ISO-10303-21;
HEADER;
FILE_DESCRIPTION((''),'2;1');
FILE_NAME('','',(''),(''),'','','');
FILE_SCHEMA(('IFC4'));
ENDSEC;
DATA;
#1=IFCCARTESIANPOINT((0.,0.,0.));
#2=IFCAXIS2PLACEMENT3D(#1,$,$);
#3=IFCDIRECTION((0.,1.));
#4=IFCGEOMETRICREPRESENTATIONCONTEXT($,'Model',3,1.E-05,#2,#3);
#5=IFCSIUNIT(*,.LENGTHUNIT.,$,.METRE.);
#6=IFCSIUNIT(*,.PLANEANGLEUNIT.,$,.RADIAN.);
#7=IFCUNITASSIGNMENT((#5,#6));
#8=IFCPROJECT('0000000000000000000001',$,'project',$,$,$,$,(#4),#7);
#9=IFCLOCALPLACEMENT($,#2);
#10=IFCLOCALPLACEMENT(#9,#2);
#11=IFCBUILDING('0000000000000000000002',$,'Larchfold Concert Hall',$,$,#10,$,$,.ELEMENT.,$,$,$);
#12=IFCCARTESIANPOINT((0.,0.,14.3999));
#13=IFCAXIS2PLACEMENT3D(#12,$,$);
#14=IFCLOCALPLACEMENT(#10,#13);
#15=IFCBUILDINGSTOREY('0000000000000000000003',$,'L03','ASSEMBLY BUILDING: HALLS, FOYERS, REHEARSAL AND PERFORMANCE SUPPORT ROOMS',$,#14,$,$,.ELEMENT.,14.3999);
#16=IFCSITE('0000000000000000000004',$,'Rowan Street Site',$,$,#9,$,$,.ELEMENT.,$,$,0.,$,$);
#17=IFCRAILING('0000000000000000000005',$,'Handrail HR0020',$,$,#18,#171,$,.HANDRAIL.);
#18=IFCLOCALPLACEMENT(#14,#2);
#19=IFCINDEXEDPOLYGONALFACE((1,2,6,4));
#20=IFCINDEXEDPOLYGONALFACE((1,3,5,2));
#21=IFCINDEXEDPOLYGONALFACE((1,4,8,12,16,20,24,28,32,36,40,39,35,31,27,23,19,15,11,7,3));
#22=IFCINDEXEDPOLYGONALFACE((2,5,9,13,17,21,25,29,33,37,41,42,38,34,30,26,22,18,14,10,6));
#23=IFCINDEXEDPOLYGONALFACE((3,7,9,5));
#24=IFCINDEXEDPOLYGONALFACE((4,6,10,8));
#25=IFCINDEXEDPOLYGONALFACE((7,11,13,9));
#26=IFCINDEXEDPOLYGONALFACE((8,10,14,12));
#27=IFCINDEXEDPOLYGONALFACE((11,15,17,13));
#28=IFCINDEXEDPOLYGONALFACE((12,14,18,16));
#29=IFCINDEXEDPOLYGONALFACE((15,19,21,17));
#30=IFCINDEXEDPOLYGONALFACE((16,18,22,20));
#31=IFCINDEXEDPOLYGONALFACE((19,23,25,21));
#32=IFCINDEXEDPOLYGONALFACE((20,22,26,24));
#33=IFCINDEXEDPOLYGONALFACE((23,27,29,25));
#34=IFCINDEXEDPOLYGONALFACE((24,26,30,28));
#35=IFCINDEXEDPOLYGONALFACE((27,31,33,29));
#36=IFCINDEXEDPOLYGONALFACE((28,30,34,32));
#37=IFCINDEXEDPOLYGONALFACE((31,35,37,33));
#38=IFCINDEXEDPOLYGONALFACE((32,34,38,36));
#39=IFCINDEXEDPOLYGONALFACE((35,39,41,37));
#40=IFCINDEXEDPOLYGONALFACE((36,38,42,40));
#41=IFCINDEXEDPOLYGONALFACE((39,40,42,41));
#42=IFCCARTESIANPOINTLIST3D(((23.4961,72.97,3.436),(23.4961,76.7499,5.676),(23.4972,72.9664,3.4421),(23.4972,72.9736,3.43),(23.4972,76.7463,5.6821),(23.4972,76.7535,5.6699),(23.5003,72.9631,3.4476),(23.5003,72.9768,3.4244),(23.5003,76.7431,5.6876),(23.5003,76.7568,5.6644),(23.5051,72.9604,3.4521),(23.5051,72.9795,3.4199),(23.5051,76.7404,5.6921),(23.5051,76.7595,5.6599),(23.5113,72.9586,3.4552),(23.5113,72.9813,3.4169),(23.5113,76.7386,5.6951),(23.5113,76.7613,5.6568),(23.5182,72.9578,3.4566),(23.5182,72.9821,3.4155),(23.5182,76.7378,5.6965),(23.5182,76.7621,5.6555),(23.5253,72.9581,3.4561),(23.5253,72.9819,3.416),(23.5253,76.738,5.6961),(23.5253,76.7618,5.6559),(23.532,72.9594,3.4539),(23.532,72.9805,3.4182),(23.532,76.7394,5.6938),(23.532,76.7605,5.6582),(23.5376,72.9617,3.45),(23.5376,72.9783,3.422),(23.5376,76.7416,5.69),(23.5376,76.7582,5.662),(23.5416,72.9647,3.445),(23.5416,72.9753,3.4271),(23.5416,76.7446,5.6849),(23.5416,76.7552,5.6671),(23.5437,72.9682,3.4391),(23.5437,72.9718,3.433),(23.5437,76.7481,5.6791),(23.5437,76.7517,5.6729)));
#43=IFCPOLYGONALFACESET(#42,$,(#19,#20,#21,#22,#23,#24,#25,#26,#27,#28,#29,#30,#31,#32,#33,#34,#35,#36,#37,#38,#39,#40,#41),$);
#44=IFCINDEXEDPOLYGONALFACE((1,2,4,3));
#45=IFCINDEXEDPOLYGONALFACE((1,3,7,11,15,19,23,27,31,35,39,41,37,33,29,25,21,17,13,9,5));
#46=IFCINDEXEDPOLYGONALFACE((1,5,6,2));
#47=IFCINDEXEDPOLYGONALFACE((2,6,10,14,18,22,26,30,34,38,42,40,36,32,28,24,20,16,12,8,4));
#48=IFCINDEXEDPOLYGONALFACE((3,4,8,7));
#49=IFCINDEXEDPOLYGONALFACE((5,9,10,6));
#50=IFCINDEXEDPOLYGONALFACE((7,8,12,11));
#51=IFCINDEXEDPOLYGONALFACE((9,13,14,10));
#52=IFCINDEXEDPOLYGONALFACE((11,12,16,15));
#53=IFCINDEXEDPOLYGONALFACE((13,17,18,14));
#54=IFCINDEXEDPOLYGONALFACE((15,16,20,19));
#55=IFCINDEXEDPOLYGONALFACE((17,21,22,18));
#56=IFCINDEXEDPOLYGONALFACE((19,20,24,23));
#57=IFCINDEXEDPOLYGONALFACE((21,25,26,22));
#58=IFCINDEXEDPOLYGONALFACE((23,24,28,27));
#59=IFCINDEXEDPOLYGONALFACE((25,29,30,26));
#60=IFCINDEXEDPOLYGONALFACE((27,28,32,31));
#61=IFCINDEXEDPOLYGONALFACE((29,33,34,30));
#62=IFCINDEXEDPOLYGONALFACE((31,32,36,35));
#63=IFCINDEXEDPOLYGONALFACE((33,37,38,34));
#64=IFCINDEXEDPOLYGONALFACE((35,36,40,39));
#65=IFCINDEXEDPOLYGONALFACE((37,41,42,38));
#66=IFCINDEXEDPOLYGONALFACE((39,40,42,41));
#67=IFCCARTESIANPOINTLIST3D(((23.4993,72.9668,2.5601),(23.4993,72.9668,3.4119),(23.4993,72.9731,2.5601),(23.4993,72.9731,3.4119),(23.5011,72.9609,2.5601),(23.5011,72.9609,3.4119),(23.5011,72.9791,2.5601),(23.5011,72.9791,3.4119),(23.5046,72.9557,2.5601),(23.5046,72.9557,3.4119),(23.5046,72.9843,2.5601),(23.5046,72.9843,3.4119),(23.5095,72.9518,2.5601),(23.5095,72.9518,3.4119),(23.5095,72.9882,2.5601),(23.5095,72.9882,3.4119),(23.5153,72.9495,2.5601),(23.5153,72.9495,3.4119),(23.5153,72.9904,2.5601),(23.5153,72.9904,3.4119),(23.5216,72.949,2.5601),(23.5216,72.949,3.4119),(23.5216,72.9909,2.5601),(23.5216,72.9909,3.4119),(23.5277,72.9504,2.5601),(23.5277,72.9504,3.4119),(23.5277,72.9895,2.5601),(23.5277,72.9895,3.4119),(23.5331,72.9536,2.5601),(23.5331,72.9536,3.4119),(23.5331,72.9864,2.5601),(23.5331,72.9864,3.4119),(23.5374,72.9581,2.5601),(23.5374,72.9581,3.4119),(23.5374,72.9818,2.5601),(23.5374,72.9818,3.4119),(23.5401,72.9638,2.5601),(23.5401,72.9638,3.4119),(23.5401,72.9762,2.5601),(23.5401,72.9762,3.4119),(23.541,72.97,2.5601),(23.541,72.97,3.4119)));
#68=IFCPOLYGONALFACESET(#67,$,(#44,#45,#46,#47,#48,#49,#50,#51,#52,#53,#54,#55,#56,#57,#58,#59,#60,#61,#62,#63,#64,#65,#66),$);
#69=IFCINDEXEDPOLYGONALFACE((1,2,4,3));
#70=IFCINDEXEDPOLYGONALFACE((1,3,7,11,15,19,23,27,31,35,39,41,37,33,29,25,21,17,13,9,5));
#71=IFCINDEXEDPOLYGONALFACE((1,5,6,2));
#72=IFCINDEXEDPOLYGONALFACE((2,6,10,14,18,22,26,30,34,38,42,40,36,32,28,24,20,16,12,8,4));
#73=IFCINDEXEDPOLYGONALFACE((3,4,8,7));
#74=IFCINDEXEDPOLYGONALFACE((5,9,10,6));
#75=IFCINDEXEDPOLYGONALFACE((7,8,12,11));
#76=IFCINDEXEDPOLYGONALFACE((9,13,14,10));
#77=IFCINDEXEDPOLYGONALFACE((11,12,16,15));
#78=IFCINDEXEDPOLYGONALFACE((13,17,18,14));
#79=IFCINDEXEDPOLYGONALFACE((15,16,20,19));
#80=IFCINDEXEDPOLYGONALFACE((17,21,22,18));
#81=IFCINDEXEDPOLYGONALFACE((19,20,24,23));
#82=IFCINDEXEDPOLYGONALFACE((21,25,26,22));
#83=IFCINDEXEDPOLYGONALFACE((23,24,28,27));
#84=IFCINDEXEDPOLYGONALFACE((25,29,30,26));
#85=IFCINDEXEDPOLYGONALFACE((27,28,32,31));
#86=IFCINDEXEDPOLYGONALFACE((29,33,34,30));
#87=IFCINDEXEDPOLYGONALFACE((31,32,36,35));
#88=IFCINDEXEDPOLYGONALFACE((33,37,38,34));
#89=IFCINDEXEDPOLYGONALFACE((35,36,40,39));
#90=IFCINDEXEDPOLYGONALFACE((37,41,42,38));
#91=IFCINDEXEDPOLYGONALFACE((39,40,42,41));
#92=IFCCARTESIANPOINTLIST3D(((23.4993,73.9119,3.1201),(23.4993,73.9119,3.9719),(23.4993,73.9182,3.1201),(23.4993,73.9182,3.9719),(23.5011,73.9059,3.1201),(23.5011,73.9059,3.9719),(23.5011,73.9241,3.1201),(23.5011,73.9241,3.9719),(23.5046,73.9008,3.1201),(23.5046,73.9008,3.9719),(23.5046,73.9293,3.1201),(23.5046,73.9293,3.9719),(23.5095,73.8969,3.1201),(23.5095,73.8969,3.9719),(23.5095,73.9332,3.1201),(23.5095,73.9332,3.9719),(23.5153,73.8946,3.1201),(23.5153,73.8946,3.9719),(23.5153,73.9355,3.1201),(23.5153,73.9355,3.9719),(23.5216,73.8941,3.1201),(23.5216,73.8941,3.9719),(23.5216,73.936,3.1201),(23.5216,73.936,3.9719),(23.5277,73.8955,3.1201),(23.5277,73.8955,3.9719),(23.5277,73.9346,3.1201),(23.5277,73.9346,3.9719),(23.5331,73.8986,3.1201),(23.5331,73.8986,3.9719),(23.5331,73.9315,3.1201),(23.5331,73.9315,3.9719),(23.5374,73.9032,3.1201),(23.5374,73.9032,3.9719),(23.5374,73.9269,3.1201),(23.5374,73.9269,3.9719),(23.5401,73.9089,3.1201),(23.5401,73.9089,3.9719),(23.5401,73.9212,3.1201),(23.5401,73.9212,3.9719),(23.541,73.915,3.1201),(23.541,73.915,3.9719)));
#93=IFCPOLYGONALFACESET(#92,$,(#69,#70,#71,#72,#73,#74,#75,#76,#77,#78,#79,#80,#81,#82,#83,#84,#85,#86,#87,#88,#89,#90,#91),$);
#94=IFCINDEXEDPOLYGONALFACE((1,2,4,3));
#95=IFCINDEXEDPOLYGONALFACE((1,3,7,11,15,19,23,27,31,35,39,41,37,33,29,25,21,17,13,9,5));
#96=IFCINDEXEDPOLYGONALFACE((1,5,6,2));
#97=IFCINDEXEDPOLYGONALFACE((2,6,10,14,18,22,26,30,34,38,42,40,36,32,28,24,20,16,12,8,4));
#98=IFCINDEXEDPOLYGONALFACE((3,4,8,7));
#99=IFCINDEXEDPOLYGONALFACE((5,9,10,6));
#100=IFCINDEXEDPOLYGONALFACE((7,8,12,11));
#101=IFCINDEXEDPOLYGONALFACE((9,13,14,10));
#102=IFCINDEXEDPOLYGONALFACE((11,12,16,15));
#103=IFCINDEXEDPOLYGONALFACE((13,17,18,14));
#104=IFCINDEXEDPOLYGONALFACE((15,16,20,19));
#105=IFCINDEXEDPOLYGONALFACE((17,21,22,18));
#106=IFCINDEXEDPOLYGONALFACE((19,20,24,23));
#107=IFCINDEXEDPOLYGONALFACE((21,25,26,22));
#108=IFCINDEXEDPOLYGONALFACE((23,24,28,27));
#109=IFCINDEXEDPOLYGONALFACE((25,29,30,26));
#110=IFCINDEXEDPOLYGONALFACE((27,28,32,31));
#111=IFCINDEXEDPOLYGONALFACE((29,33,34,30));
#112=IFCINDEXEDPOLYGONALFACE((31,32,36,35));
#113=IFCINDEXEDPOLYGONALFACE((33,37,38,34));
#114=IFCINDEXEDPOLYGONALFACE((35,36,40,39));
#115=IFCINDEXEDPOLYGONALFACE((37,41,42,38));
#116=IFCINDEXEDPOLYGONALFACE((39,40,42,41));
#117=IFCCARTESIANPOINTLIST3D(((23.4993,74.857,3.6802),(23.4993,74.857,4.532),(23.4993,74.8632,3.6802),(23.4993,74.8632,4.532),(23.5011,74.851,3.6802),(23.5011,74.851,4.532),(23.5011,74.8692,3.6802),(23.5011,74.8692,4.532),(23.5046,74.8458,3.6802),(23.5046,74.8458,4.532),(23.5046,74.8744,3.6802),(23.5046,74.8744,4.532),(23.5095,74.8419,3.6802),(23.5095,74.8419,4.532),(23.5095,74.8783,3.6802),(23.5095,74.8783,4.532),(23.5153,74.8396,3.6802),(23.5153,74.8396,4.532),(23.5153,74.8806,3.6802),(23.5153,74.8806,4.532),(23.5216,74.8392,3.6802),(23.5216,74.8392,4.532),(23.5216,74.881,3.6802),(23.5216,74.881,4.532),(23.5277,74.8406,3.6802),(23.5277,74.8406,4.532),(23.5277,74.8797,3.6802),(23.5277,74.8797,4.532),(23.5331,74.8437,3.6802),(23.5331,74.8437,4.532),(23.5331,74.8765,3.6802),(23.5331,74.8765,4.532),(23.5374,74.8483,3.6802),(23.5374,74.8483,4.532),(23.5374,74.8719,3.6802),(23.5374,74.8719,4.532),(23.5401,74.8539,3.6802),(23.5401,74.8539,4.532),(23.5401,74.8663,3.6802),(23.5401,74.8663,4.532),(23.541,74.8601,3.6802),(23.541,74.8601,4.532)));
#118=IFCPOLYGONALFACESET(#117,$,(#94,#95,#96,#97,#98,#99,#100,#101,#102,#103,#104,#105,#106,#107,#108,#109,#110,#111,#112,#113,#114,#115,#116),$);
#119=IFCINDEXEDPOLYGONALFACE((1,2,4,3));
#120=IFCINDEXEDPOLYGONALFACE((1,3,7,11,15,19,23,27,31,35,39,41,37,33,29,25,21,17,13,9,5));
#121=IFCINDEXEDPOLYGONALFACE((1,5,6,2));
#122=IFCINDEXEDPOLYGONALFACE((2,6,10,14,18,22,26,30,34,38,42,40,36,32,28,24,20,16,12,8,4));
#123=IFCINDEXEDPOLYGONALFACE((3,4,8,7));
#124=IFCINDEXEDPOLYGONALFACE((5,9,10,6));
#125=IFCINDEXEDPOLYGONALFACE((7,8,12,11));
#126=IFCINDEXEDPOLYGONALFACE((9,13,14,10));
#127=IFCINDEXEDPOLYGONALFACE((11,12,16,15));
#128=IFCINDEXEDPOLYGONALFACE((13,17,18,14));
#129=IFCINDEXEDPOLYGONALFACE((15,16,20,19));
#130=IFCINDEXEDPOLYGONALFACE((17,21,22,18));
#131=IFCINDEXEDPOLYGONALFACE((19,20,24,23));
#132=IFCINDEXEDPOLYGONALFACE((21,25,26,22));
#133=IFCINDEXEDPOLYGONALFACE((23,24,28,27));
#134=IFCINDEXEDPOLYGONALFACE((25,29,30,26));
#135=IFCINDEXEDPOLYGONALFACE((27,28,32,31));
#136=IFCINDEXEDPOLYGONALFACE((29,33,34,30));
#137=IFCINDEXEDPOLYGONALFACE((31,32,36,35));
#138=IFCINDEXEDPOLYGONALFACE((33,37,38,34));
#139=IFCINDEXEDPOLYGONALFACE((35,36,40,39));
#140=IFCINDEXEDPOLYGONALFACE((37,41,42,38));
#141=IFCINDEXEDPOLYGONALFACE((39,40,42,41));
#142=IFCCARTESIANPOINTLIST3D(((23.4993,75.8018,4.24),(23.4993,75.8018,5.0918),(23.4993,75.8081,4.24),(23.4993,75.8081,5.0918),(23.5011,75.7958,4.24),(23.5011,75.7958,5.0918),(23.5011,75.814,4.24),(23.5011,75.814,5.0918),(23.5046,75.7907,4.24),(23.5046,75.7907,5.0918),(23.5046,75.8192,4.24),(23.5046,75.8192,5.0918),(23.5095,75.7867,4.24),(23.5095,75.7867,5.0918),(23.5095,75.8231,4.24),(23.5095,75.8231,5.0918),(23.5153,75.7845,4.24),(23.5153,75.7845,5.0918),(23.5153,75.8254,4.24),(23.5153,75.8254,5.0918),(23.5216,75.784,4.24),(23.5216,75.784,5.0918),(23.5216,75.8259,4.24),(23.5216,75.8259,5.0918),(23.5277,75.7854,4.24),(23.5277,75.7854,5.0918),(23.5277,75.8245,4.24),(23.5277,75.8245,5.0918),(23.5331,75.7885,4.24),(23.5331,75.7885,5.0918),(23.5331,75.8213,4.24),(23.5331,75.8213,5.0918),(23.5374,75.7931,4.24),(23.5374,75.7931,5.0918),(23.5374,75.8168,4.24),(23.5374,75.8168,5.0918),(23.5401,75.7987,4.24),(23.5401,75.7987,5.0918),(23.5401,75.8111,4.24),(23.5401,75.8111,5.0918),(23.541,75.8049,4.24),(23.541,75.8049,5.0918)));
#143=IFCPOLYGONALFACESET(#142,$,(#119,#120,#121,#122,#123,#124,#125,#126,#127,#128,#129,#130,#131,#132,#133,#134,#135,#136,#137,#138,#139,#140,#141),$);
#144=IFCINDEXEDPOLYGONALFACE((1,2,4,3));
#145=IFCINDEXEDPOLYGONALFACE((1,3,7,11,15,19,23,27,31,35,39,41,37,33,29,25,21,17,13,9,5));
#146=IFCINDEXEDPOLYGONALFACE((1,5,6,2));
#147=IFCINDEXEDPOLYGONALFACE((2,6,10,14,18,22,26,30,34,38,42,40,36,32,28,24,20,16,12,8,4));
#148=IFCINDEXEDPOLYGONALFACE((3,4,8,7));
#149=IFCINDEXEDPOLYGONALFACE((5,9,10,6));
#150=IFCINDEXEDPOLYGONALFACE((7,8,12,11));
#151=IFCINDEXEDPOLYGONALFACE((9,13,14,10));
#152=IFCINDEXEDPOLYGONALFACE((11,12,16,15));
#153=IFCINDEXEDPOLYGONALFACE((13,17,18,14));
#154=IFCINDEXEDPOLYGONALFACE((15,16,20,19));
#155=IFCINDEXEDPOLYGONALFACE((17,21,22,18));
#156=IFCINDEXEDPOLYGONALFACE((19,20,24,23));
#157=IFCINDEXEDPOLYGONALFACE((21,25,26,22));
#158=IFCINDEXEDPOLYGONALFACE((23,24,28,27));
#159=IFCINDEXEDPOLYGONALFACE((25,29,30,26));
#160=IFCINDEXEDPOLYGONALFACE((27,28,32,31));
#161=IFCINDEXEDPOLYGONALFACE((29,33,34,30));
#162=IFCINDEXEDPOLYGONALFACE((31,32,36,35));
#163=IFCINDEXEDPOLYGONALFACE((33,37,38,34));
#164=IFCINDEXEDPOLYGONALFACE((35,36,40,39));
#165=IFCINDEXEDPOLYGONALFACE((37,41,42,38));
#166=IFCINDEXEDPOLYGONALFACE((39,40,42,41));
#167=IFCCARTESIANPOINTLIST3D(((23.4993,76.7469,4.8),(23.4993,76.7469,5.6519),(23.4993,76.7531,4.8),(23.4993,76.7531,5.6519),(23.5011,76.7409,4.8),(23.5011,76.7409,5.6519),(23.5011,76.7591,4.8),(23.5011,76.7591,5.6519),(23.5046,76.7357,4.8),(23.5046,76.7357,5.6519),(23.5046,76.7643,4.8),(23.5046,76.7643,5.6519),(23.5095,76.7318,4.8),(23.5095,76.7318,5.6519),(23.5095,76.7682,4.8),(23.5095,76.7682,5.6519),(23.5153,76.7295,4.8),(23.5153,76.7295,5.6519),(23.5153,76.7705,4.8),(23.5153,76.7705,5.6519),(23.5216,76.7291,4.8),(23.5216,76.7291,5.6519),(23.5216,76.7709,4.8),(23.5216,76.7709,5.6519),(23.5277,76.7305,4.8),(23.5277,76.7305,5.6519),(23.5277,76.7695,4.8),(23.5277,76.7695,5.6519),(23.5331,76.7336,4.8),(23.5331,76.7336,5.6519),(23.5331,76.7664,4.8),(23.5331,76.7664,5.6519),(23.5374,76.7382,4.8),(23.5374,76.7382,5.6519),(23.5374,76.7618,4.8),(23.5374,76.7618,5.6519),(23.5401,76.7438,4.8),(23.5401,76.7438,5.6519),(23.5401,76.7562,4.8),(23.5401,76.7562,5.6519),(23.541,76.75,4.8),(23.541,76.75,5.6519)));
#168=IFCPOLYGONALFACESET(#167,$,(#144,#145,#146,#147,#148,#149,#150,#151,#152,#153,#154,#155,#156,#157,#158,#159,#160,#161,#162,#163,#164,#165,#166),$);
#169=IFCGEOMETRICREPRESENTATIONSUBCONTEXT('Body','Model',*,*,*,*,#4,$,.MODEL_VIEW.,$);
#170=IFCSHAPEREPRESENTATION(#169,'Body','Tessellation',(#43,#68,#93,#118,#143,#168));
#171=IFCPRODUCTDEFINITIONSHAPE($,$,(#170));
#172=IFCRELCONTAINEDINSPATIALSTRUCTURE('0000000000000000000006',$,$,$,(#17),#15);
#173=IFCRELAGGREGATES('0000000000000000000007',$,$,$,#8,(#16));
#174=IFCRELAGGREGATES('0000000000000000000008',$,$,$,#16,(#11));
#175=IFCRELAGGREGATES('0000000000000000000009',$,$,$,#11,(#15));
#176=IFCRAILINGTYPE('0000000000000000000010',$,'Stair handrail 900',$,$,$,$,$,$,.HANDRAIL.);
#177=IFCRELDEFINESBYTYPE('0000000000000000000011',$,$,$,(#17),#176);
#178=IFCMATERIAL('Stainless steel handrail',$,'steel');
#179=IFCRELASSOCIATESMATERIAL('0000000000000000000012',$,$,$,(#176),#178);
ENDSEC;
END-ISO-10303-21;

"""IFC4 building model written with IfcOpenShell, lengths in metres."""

from ifc_helpers import new_model, si_unit, direction, frame, origin, origin_2d, place, context, subcontext, project, spatial, circle, extrude, material, type_object, element, save


model = new_model("IFC4")

# Units and contexts
model_context = context("Model", 3, precision=1e-05, world=origin(), true_north=direction((0.0, 1.0)))
body_context = subcontext(model_context, "Body", "Model", "MODEL_VIEW")
ifc_project = project(units=[si_unit("LENGTHUNIT", "METRE"), si_unit("PLANEANGLEUNIT", "RADIAN")], contexts=[model_context])

# Site, building, storey
site_placement = place(None, origin())
site = spatial("IfcSite", under=ifc_project, at=site_placement, Name="Rowan Street Site", CompositionType="ELEMENT", RefElevation=0.0)
building_placement = place(site_placement, origin())
building = spatial("IfcBuilding", under=site, at=building_placement, Name="Larchfold Concert Hall", CompositionType="ELEMENT")
storey_placement = place(building_placement, frame((0.0, 0.0, 14.3999)))
storey = spatial("IfcBuildingStorey", under=building, at=storey_placement, Name="L03", Description="ASSEMBLY BUILDING: HALLS, FOYERS, REHEARSAL AND PERFORMANCE SUPPORT ROOMS", CompositionType="ELEMENT", Elevation=14.3999)

# Railing
ifc_material_1 = material(Name="Stainless steel handrail", Category="steel")
railing_type_1 = type_object("IfcRailingType", Name="Stair handrail 900", PredefinedType="HANDRAIL", material=ifc_material_1)
railing_1_placement = place(storey_placement, frame((23.52, 72.97, 2.5601)))
element("IfcRailing", 1, at=railing_1_placement, inside=storey, type_object=railing_type_1, Name="Handrail HR0020", PredefinedType="HANDRAIL", context=body_context, shape_type="SweptSolid", body=[
    extrude(circle(Radius=0.0239, at=origin_2d()), frame((0.0, 0.0, 0.876), z_axis=(0.0, 0.860294, 0.509798), x_axis=(-1.0, 0.0, 0.0)), (0.0, 0.0, 1.0), 4.3938),
    extrude(circle(Radius=0.021, at=origin_2d()), origin(), (0.0, 0.0, 1.0), 0.8518),
    extrude(circle(Radius=0.021, at=origin_2d()), frame((0.0, 0.9451, 0.5601)), (0.0, 0.0, 1.0), 0.8518),
    extrude(circle(Radius=0.021, at=origin_2d()), frame((0.0, 1.8901, 1.1201)), (0.0, 0.0, 1.0), 0.8518),
    extrude(circle(Radius=0.021, at=origin_2d()), frame((0.0, 2.835, 1.6799)), (0.0, 0.0, 1.0), 0.8518),
    extrude(circle(Radius=0.021, at=origin_2d()), frame((0.0, 3.78, 2.24)), (0.0, 0.0, 1.0), 0.8518),
])

save(model, "model.ifc")
